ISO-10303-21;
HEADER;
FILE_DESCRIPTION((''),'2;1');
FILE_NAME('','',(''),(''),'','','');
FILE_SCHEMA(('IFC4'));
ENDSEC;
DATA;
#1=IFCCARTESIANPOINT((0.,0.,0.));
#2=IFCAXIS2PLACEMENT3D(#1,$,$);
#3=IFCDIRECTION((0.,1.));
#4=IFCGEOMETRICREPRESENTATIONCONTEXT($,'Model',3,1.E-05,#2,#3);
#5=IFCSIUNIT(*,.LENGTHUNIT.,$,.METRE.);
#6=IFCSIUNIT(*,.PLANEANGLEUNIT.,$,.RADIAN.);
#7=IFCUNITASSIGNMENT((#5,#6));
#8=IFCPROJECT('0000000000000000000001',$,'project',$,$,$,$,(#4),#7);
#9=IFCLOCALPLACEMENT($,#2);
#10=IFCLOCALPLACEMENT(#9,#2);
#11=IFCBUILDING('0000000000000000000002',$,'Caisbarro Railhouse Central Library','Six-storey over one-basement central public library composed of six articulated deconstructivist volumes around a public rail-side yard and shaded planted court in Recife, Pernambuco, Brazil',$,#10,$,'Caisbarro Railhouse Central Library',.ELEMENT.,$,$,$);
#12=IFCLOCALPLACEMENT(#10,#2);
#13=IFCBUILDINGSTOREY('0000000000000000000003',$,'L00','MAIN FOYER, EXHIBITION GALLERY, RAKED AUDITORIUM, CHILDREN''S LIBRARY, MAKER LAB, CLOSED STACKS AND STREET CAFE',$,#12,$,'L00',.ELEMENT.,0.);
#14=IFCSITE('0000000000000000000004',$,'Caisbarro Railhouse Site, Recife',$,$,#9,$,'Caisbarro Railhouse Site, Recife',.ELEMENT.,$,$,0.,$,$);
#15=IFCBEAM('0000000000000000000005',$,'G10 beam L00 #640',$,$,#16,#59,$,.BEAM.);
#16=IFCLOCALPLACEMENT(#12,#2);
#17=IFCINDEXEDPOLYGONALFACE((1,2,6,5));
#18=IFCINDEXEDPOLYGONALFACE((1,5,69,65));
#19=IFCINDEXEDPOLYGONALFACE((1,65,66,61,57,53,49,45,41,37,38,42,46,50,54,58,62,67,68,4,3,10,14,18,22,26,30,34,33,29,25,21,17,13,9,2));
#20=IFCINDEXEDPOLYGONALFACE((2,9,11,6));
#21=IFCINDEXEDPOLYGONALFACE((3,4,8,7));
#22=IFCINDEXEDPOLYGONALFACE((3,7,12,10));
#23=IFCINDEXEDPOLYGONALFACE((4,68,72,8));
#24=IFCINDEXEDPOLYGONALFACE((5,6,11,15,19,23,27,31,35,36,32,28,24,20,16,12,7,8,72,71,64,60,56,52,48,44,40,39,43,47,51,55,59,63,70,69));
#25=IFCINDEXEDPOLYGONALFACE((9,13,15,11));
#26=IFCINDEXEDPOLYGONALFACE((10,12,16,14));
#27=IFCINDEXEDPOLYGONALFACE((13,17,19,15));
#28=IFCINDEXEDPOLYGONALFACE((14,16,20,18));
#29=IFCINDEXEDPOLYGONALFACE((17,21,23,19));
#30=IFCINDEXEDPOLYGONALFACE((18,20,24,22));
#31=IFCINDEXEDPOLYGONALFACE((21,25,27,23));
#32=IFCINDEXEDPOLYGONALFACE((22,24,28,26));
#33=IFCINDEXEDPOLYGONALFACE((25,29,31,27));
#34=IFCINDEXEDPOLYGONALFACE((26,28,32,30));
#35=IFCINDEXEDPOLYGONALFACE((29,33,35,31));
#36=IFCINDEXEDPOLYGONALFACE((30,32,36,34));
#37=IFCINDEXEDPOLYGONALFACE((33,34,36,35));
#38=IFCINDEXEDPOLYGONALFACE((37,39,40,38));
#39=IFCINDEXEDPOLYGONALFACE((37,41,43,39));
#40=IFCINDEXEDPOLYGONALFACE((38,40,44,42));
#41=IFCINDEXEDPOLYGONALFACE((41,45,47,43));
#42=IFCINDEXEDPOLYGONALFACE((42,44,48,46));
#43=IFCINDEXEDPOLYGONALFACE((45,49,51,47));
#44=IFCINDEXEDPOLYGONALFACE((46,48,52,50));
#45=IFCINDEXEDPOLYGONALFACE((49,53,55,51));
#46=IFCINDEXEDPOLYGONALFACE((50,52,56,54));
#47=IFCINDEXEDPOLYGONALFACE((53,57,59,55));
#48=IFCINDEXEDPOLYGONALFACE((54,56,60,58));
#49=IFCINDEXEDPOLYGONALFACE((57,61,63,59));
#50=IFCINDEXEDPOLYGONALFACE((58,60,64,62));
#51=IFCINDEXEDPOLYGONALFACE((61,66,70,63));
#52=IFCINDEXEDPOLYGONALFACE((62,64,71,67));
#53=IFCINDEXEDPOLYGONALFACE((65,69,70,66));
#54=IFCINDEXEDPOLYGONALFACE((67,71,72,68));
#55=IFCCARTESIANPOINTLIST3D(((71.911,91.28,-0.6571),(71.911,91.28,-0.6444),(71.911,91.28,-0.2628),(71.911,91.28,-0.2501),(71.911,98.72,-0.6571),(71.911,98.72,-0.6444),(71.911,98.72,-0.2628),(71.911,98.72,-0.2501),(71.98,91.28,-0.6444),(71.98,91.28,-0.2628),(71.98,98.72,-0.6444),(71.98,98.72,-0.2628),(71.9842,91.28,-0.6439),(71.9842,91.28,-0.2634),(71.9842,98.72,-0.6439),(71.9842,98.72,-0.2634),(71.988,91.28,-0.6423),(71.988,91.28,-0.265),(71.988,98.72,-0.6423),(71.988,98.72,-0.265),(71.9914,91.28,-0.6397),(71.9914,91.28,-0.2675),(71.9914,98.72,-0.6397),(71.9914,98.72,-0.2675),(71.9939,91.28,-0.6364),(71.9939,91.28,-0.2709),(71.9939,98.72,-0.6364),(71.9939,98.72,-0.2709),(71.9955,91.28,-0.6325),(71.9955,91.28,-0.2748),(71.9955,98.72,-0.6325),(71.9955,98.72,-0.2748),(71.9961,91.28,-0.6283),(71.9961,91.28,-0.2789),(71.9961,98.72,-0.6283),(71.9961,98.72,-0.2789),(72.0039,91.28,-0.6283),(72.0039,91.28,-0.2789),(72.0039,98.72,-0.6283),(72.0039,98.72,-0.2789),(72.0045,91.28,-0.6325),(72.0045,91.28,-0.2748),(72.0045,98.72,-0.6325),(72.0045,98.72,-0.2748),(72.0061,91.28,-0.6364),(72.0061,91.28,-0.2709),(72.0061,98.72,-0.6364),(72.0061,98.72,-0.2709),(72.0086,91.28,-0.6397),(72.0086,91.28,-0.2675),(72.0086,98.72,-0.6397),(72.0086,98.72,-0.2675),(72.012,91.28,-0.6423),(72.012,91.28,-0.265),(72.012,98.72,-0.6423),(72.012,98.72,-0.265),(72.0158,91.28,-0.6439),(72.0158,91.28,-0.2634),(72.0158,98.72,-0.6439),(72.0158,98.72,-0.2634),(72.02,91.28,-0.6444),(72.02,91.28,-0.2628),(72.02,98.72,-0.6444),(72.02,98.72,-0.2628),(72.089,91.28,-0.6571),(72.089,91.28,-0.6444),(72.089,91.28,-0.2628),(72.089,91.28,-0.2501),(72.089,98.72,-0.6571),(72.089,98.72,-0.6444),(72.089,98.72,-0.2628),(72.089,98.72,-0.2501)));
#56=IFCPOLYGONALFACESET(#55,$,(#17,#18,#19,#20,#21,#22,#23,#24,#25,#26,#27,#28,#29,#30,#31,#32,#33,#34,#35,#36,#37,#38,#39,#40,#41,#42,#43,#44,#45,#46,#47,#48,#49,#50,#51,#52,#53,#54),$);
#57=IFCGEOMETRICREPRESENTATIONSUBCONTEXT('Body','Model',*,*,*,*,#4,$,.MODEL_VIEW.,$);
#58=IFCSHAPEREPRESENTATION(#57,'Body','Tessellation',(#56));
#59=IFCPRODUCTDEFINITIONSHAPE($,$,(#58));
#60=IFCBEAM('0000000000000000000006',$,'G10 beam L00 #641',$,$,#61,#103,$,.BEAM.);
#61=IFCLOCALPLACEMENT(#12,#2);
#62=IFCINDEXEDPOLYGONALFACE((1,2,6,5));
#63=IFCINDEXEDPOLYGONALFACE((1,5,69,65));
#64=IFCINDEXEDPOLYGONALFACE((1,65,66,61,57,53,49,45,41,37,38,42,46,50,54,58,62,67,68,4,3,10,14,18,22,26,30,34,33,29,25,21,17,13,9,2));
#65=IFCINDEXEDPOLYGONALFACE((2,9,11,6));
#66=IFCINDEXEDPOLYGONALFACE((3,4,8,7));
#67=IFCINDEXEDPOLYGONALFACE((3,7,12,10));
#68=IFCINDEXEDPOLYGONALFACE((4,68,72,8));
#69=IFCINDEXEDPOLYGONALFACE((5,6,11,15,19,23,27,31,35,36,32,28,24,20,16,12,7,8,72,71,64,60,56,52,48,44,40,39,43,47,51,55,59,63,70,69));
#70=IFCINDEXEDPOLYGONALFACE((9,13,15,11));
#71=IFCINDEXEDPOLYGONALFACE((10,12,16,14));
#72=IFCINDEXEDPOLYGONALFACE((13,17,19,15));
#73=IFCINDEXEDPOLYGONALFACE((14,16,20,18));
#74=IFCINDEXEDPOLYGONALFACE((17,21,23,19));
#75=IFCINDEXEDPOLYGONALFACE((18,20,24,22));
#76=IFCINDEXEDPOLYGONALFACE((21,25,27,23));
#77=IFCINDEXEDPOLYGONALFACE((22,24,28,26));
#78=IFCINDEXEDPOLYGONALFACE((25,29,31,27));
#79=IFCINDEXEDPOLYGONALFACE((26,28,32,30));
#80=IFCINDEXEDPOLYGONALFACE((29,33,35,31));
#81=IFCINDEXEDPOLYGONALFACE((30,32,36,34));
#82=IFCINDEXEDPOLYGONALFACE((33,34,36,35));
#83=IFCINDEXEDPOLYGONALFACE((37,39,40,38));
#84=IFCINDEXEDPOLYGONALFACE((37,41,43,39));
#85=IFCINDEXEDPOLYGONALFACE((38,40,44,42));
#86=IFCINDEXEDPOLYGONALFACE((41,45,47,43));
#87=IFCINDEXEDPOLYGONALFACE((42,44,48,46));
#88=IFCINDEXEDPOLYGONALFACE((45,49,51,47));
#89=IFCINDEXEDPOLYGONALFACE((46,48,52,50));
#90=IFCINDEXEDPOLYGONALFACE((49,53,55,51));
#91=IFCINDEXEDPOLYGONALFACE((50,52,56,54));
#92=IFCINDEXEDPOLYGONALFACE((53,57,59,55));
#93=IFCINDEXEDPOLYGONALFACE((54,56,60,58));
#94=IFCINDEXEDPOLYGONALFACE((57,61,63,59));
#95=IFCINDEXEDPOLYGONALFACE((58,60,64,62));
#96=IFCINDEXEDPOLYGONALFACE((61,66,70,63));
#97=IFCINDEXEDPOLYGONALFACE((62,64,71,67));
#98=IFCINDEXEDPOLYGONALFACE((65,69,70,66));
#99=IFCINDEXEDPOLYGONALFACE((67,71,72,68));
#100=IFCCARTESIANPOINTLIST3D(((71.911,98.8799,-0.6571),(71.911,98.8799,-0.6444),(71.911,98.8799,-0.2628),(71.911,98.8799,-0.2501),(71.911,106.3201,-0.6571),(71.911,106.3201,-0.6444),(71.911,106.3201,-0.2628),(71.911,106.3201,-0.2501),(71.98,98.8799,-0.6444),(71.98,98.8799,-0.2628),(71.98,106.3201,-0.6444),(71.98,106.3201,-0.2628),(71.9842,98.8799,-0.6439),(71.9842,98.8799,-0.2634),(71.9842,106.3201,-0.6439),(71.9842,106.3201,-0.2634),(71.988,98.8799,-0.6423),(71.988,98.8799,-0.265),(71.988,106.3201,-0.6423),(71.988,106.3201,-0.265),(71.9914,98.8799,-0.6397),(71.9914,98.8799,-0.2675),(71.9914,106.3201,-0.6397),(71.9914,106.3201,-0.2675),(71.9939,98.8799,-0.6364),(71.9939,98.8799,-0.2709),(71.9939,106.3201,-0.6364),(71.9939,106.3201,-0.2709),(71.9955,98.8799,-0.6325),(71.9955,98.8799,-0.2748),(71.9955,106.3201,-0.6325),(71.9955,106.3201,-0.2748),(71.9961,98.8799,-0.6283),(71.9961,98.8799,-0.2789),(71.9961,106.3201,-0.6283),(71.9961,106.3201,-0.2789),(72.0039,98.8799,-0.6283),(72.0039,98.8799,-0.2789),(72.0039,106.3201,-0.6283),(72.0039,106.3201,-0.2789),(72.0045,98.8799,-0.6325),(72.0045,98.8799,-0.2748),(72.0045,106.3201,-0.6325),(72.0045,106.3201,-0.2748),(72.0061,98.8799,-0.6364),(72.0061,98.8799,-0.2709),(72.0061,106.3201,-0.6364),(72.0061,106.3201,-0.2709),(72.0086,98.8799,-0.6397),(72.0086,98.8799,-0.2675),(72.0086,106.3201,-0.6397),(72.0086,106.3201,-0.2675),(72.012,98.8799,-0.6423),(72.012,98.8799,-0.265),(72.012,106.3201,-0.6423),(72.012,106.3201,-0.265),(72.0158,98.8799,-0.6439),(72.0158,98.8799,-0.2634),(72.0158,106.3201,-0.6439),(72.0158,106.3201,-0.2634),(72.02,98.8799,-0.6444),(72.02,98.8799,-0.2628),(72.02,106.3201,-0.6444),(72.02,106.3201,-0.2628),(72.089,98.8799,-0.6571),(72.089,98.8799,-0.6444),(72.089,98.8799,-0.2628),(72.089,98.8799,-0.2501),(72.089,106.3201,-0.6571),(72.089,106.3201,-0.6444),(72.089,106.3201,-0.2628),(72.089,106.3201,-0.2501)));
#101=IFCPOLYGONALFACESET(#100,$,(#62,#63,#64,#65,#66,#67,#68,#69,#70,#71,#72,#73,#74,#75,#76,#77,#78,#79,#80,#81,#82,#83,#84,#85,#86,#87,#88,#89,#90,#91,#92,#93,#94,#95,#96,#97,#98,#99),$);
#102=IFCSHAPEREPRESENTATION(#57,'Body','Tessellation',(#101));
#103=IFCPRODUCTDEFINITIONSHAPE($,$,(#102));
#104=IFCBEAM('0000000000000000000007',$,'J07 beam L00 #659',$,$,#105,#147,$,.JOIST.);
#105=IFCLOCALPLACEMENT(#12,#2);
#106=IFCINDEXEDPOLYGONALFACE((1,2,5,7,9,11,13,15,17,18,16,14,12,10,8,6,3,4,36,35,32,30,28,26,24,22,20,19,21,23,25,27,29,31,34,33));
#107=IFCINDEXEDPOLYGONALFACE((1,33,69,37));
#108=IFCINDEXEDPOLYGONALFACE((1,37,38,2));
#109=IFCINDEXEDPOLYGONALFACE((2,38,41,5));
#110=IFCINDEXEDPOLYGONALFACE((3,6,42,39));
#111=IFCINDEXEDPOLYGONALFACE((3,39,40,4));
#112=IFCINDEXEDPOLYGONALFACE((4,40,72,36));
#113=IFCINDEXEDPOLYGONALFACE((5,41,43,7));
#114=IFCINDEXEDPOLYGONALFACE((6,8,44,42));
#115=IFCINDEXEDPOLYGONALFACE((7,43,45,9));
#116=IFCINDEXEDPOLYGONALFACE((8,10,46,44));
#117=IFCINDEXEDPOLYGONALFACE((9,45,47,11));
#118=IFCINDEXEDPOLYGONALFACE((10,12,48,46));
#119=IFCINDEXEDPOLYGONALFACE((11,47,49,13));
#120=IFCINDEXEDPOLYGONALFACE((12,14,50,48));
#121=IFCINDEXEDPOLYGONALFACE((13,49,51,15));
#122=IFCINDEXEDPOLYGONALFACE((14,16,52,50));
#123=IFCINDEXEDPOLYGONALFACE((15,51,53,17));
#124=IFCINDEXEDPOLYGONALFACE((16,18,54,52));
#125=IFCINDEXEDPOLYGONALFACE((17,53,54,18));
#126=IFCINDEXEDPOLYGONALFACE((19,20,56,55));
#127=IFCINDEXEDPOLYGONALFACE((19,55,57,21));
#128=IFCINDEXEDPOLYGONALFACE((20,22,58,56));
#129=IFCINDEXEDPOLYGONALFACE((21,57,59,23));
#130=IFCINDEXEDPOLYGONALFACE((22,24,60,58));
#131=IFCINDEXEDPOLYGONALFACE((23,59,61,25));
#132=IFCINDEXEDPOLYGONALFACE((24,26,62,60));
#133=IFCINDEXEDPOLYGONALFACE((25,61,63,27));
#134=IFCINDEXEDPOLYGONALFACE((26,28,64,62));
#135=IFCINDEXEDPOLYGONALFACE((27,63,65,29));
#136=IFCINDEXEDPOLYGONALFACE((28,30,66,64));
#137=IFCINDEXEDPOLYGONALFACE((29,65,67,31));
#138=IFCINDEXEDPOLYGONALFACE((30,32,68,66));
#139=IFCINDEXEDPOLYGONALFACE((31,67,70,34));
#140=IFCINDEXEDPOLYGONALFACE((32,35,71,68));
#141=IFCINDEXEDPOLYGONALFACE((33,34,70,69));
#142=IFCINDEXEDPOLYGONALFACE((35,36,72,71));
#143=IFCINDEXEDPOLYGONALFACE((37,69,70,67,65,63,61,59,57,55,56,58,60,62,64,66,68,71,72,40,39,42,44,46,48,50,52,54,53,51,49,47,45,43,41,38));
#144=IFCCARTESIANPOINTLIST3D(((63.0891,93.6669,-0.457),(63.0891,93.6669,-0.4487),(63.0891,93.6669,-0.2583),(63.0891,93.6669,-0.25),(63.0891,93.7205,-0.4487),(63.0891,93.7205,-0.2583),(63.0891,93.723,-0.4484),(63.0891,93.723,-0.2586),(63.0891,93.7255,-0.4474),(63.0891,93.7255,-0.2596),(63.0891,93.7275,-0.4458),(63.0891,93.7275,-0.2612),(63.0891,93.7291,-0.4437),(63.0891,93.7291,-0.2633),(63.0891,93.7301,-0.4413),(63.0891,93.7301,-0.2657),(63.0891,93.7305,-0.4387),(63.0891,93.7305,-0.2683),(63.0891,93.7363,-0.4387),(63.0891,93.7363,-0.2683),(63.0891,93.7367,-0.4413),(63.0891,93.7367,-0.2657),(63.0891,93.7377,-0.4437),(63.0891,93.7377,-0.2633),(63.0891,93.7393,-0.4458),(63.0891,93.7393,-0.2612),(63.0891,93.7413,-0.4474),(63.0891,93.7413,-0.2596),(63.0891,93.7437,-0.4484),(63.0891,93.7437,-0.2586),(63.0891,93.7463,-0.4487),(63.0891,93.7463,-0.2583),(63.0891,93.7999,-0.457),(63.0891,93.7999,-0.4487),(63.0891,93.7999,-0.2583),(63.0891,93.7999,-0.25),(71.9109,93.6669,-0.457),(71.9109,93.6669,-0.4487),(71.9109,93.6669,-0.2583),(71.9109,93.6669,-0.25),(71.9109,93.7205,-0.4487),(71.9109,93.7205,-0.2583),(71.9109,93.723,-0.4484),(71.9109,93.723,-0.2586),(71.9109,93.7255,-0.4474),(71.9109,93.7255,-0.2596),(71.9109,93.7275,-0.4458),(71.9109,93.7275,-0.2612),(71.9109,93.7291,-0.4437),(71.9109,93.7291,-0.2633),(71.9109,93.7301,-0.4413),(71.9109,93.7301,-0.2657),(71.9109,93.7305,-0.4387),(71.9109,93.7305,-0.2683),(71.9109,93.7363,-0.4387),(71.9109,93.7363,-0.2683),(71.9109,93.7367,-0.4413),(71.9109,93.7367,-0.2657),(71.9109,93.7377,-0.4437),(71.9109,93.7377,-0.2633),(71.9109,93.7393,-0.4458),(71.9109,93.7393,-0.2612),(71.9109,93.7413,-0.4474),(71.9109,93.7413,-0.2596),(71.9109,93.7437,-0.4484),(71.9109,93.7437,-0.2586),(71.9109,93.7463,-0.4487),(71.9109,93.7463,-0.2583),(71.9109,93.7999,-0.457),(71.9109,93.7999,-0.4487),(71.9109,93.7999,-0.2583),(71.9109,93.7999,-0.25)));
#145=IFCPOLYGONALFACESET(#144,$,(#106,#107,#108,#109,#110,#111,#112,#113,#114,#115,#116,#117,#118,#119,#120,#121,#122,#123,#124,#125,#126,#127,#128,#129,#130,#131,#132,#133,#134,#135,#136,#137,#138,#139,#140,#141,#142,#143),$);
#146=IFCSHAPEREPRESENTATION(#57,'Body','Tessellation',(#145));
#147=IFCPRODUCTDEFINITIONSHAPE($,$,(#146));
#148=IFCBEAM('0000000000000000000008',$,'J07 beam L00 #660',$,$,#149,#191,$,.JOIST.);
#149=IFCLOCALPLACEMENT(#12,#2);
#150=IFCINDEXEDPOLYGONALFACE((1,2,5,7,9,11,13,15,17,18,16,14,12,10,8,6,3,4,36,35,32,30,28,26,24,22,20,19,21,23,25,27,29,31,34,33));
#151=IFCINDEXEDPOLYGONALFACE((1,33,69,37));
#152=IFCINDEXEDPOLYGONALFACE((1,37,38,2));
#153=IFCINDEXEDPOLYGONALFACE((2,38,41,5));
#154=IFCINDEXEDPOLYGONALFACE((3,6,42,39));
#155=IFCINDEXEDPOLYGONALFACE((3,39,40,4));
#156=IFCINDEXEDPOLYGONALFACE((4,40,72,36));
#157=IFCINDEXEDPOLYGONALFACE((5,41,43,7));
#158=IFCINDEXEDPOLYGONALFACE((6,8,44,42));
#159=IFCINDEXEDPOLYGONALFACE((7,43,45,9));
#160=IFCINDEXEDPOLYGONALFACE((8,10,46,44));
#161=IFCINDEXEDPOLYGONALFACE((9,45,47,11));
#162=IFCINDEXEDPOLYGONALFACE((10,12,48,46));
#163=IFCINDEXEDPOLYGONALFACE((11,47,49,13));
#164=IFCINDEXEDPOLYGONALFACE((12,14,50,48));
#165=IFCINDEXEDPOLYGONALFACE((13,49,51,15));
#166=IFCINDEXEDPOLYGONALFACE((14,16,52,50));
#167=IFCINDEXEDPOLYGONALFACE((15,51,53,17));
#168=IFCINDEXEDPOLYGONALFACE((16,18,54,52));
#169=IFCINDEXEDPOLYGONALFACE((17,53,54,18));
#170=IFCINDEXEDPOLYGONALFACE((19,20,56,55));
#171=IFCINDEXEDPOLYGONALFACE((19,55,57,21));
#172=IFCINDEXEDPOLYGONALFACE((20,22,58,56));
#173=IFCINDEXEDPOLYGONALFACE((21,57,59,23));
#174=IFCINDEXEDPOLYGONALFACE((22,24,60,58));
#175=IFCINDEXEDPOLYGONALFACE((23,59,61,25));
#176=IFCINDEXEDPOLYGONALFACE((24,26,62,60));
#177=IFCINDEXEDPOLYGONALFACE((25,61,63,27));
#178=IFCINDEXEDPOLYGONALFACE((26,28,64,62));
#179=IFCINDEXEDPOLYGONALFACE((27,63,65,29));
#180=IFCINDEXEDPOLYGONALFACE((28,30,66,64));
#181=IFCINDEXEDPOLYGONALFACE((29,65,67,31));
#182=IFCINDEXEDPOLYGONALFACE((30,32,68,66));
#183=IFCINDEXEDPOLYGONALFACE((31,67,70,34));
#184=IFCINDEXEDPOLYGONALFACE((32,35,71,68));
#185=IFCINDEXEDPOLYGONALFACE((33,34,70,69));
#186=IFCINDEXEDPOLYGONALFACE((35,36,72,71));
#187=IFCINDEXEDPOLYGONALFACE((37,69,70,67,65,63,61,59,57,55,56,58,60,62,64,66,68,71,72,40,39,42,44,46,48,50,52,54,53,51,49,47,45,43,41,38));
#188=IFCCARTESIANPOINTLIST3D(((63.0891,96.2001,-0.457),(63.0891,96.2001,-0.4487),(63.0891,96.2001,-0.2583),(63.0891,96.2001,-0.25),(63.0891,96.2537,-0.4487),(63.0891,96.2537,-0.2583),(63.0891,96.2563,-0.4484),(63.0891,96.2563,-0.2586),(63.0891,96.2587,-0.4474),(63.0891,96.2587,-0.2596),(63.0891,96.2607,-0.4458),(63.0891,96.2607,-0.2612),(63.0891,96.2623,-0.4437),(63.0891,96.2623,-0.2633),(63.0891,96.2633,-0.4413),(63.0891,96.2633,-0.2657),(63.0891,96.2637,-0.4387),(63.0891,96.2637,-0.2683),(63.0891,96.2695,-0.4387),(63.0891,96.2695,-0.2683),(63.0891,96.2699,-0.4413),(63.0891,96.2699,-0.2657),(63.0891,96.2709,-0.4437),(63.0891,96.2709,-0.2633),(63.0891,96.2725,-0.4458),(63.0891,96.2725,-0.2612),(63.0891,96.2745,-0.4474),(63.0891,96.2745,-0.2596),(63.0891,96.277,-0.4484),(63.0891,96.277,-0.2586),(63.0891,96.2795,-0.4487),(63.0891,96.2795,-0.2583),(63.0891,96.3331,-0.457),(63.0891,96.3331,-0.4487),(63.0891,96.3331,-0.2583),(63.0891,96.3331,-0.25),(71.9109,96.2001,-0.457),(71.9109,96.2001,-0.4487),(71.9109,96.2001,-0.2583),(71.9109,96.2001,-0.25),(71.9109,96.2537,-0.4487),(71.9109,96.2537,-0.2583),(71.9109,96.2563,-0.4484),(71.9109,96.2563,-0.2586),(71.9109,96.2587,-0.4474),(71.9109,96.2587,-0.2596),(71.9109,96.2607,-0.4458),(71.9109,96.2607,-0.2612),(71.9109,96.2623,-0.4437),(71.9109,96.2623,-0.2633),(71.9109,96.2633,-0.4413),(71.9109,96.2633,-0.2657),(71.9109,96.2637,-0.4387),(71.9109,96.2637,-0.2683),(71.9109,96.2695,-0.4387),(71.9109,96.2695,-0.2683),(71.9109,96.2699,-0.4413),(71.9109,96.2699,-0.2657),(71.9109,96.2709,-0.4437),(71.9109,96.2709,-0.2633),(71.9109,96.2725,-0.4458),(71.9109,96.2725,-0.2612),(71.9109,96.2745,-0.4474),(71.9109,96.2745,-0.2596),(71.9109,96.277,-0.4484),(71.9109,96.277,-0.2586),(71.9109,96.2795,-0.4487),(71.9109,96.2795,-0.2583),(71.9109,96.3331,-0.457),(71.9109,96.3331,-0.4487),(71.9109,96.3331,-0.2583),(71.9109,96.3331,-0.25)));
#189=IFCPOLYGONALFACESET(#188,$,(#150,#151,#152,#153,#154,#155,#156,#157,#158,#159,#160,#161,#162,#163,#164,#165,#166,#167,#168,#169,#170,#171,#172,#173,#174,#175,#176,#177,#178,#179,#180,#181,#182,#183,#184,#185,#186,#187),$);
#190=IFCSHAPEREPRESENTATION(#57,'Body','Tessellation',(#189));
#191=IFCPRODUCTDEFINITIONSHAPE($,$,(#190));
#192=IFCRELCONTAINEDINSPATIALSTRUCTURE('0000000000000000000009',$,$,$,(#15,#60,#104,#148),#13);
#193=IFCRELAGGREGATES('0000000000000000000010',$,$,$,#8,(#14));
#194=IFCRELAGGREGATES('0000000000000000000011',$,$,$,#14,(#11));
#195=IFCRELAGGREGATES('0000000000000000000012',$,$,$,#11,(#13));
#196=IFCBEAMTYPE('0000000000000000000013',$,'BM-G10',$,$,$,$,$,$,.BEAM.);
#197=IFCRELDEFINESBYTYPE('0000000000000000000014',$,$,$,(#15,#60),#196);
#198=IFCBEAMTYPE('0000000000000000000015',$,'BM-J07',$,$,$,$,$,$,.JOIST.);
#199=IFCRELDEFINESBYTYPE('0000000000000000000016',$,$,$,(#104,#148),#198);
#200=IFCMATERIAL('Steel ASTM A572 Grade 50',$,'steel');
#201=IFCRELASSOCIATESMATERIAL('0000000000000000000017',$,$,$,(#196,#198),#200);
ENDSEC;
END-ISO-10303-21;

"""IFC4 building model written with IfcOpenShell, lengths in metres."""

from ifc_helpers import new_model, si_unit, direction, frame, origin, origin_2d, place, context, subcontext, project, spatial, i_section, extrude, material, material_profile, profile_set, type_object, element, save


model = new_model("IFC4")

# Units and contexts
model_context = context("Model", 3, precision=1e-05, world=origin(), true_north=direction((0.0, 1.0)))
body_context = subcontext(model_context, "Body", "Model", "MODEL_VIEW")
ifc_project = project(units=[si_unit("LENGTHUNIT", "METRE"), si_unit("PLANEANGLEUNIT", "RADIAN")], contexts=[model_context])

# Site, building, storey
site_placement = place(None, origin())
site = spatial("IfcSite", under=ifc_project, at=site_placement, Name="Caisbarro Railhouse Site, Recife", LongName="Caisbarro Railhouse Site, Recife", CompositionType="ELEMENT", RefElevation=0.0)
building_placement = place(site_placement, origin())
building = spatial("IfcBuilding", under=site, at=building_placement, Name="Caisbarro Railhouse Central Library", Description="Six-storey over one-basement central public library composed of six articulated deconstructivist volumes around a public rail-side yard and shaded planted court in Recife, Pernambuco, Brazil", LongName="Caisbarro Railhouse Central Library", CompositionType="ELEMENT")
storey_placement = place(building_placement, origin())
storey = spatial("IfcBuildingStorey", under=building, at=storey_placement, Name="L00", Description="MAIN FOYER, EXHIBITION GALLERY, RAKED AUDITORIUM, CHILDREN'S LIBRARY, MAKER LAB, CLOSED STACKS AND STREET CAFE", LongName="L00", CompositionType="ELEMENT", Elevation=0.0)

# Shared definitions
ifc_material_1 = material(Name="Steel ASTM A572 Grade 50", Category="steel")

# Beams
ifc_material_profile_1 = material_profile(ifc_material_1, i_section(OverallWidth=0.178, OverallDepth=0.407, WebThickness=0.0078, FlangeThickness=0.0127, FilletRadius=0.0161, at=origin_2d()), Name="W410X60.0")
ifc_profile_set_1 = profile_set([ifc_material_profile_1], Name="Steel ASTM A572 Grade 50")
beam_type_1 = type_object("IfcBeamType", Name="BM-G10", PredefinedType="BEAM", material=ifc_profile_set_1)
beam_1_placement = place(storey_placement, frame((72.0, 91.28, -0.4536), z_axis=(0.0, 1.0, 0.0), x_axis=(-1.0, 0.0, 0.0)))
element("IfcBeam", 1, at=beam_1_placement, inside=storey, type_object=beam_type_1, Name="G10 beam L00 #640", PredefinedType="BEAM", context=body_context, shape_type="SweptSolid", body=[
    extrude(i_section(OverallWidth=0.178, OverallDepth=0.407, WebThickness=0.0078, FlangeThickness=0.0127, FilletRadius=0.0161, at=origin_2d()), origin(), (0.0, 0.0, 1.0), 7.4399),
])
beam_2_placement = place(storey_placement, frame((72.0, 98.8799, -0.4536), z_axis=(0.0, 1.0, 0.0), x_axis=(-1.0, 0.0, 0.0)))
element("IfcBeam", 2, at=beam_2_placement, inside=storey, type_object=beam_type_1, Name="G10 beam L00 #641", PredefinedType="BEAM", context=body_context, shape_type="SweptSolid", body=[
    extrude(i_section(OverallWidth=0.178, OverallDepth=0.407, WebThickness=0.0078, FlangeThickness=0.0127, FilletRadius=0.0161, at=origin_2d()), origin(), (0.0, 0.0, 1.0), 7.4402),
])
ifc_material_profile_2 = material_profile(ifc_material_1, i_section(OverallWidth=0.1331, OverallDepth=0.207, WebThickness=0.0059, FlangeThickness=0.0083, FilletRadius=0.01, at=origin_2d()), Name="W200X26.6")
ifc_profile_set_2 = profile_set([ifc_material_profile_2], Name="Steel ASTM A572 Grade 50")
beam_type_2 = type_object("IfcBeamType", Name="BM-J07", PredefinedType="JOIST", material=ifc_profile_set_2)
for number, where, z_axis, x_axis, name in (
    (3, (63.0891, 93.7334, -0.3535), (1.0, 0.0, 0.0), (0.0, 1.0, 0.0), "J07 beam L00 #659"),
    (4, (63.0891, 96.2666, -0.3535), (1.0, 0.0, 0.0), (0.0, 1.0, 0.0), "J07 beam L00 #660"),
):
    element("IfcBeam", number, at=place(storey_placement, frame(where, z_axis=z_axis, x_axis=x_axis)), inside=storey, type_object=beam_type_2, Name=name, PredefinedType="JOIST", context=body_context, shape_type="SweptSolid", body=[
        extrude(i_section(OverallWidth=0.1331, OverallDepth=0.207, WebThickness=0.0059, FlangeThickness=0.0083, FilletRadius=0.01, at=origin_2d()), origin(), (0.0, 0.0, 1.0), 8.8218),
    ])

save(model, "model.ifc")
